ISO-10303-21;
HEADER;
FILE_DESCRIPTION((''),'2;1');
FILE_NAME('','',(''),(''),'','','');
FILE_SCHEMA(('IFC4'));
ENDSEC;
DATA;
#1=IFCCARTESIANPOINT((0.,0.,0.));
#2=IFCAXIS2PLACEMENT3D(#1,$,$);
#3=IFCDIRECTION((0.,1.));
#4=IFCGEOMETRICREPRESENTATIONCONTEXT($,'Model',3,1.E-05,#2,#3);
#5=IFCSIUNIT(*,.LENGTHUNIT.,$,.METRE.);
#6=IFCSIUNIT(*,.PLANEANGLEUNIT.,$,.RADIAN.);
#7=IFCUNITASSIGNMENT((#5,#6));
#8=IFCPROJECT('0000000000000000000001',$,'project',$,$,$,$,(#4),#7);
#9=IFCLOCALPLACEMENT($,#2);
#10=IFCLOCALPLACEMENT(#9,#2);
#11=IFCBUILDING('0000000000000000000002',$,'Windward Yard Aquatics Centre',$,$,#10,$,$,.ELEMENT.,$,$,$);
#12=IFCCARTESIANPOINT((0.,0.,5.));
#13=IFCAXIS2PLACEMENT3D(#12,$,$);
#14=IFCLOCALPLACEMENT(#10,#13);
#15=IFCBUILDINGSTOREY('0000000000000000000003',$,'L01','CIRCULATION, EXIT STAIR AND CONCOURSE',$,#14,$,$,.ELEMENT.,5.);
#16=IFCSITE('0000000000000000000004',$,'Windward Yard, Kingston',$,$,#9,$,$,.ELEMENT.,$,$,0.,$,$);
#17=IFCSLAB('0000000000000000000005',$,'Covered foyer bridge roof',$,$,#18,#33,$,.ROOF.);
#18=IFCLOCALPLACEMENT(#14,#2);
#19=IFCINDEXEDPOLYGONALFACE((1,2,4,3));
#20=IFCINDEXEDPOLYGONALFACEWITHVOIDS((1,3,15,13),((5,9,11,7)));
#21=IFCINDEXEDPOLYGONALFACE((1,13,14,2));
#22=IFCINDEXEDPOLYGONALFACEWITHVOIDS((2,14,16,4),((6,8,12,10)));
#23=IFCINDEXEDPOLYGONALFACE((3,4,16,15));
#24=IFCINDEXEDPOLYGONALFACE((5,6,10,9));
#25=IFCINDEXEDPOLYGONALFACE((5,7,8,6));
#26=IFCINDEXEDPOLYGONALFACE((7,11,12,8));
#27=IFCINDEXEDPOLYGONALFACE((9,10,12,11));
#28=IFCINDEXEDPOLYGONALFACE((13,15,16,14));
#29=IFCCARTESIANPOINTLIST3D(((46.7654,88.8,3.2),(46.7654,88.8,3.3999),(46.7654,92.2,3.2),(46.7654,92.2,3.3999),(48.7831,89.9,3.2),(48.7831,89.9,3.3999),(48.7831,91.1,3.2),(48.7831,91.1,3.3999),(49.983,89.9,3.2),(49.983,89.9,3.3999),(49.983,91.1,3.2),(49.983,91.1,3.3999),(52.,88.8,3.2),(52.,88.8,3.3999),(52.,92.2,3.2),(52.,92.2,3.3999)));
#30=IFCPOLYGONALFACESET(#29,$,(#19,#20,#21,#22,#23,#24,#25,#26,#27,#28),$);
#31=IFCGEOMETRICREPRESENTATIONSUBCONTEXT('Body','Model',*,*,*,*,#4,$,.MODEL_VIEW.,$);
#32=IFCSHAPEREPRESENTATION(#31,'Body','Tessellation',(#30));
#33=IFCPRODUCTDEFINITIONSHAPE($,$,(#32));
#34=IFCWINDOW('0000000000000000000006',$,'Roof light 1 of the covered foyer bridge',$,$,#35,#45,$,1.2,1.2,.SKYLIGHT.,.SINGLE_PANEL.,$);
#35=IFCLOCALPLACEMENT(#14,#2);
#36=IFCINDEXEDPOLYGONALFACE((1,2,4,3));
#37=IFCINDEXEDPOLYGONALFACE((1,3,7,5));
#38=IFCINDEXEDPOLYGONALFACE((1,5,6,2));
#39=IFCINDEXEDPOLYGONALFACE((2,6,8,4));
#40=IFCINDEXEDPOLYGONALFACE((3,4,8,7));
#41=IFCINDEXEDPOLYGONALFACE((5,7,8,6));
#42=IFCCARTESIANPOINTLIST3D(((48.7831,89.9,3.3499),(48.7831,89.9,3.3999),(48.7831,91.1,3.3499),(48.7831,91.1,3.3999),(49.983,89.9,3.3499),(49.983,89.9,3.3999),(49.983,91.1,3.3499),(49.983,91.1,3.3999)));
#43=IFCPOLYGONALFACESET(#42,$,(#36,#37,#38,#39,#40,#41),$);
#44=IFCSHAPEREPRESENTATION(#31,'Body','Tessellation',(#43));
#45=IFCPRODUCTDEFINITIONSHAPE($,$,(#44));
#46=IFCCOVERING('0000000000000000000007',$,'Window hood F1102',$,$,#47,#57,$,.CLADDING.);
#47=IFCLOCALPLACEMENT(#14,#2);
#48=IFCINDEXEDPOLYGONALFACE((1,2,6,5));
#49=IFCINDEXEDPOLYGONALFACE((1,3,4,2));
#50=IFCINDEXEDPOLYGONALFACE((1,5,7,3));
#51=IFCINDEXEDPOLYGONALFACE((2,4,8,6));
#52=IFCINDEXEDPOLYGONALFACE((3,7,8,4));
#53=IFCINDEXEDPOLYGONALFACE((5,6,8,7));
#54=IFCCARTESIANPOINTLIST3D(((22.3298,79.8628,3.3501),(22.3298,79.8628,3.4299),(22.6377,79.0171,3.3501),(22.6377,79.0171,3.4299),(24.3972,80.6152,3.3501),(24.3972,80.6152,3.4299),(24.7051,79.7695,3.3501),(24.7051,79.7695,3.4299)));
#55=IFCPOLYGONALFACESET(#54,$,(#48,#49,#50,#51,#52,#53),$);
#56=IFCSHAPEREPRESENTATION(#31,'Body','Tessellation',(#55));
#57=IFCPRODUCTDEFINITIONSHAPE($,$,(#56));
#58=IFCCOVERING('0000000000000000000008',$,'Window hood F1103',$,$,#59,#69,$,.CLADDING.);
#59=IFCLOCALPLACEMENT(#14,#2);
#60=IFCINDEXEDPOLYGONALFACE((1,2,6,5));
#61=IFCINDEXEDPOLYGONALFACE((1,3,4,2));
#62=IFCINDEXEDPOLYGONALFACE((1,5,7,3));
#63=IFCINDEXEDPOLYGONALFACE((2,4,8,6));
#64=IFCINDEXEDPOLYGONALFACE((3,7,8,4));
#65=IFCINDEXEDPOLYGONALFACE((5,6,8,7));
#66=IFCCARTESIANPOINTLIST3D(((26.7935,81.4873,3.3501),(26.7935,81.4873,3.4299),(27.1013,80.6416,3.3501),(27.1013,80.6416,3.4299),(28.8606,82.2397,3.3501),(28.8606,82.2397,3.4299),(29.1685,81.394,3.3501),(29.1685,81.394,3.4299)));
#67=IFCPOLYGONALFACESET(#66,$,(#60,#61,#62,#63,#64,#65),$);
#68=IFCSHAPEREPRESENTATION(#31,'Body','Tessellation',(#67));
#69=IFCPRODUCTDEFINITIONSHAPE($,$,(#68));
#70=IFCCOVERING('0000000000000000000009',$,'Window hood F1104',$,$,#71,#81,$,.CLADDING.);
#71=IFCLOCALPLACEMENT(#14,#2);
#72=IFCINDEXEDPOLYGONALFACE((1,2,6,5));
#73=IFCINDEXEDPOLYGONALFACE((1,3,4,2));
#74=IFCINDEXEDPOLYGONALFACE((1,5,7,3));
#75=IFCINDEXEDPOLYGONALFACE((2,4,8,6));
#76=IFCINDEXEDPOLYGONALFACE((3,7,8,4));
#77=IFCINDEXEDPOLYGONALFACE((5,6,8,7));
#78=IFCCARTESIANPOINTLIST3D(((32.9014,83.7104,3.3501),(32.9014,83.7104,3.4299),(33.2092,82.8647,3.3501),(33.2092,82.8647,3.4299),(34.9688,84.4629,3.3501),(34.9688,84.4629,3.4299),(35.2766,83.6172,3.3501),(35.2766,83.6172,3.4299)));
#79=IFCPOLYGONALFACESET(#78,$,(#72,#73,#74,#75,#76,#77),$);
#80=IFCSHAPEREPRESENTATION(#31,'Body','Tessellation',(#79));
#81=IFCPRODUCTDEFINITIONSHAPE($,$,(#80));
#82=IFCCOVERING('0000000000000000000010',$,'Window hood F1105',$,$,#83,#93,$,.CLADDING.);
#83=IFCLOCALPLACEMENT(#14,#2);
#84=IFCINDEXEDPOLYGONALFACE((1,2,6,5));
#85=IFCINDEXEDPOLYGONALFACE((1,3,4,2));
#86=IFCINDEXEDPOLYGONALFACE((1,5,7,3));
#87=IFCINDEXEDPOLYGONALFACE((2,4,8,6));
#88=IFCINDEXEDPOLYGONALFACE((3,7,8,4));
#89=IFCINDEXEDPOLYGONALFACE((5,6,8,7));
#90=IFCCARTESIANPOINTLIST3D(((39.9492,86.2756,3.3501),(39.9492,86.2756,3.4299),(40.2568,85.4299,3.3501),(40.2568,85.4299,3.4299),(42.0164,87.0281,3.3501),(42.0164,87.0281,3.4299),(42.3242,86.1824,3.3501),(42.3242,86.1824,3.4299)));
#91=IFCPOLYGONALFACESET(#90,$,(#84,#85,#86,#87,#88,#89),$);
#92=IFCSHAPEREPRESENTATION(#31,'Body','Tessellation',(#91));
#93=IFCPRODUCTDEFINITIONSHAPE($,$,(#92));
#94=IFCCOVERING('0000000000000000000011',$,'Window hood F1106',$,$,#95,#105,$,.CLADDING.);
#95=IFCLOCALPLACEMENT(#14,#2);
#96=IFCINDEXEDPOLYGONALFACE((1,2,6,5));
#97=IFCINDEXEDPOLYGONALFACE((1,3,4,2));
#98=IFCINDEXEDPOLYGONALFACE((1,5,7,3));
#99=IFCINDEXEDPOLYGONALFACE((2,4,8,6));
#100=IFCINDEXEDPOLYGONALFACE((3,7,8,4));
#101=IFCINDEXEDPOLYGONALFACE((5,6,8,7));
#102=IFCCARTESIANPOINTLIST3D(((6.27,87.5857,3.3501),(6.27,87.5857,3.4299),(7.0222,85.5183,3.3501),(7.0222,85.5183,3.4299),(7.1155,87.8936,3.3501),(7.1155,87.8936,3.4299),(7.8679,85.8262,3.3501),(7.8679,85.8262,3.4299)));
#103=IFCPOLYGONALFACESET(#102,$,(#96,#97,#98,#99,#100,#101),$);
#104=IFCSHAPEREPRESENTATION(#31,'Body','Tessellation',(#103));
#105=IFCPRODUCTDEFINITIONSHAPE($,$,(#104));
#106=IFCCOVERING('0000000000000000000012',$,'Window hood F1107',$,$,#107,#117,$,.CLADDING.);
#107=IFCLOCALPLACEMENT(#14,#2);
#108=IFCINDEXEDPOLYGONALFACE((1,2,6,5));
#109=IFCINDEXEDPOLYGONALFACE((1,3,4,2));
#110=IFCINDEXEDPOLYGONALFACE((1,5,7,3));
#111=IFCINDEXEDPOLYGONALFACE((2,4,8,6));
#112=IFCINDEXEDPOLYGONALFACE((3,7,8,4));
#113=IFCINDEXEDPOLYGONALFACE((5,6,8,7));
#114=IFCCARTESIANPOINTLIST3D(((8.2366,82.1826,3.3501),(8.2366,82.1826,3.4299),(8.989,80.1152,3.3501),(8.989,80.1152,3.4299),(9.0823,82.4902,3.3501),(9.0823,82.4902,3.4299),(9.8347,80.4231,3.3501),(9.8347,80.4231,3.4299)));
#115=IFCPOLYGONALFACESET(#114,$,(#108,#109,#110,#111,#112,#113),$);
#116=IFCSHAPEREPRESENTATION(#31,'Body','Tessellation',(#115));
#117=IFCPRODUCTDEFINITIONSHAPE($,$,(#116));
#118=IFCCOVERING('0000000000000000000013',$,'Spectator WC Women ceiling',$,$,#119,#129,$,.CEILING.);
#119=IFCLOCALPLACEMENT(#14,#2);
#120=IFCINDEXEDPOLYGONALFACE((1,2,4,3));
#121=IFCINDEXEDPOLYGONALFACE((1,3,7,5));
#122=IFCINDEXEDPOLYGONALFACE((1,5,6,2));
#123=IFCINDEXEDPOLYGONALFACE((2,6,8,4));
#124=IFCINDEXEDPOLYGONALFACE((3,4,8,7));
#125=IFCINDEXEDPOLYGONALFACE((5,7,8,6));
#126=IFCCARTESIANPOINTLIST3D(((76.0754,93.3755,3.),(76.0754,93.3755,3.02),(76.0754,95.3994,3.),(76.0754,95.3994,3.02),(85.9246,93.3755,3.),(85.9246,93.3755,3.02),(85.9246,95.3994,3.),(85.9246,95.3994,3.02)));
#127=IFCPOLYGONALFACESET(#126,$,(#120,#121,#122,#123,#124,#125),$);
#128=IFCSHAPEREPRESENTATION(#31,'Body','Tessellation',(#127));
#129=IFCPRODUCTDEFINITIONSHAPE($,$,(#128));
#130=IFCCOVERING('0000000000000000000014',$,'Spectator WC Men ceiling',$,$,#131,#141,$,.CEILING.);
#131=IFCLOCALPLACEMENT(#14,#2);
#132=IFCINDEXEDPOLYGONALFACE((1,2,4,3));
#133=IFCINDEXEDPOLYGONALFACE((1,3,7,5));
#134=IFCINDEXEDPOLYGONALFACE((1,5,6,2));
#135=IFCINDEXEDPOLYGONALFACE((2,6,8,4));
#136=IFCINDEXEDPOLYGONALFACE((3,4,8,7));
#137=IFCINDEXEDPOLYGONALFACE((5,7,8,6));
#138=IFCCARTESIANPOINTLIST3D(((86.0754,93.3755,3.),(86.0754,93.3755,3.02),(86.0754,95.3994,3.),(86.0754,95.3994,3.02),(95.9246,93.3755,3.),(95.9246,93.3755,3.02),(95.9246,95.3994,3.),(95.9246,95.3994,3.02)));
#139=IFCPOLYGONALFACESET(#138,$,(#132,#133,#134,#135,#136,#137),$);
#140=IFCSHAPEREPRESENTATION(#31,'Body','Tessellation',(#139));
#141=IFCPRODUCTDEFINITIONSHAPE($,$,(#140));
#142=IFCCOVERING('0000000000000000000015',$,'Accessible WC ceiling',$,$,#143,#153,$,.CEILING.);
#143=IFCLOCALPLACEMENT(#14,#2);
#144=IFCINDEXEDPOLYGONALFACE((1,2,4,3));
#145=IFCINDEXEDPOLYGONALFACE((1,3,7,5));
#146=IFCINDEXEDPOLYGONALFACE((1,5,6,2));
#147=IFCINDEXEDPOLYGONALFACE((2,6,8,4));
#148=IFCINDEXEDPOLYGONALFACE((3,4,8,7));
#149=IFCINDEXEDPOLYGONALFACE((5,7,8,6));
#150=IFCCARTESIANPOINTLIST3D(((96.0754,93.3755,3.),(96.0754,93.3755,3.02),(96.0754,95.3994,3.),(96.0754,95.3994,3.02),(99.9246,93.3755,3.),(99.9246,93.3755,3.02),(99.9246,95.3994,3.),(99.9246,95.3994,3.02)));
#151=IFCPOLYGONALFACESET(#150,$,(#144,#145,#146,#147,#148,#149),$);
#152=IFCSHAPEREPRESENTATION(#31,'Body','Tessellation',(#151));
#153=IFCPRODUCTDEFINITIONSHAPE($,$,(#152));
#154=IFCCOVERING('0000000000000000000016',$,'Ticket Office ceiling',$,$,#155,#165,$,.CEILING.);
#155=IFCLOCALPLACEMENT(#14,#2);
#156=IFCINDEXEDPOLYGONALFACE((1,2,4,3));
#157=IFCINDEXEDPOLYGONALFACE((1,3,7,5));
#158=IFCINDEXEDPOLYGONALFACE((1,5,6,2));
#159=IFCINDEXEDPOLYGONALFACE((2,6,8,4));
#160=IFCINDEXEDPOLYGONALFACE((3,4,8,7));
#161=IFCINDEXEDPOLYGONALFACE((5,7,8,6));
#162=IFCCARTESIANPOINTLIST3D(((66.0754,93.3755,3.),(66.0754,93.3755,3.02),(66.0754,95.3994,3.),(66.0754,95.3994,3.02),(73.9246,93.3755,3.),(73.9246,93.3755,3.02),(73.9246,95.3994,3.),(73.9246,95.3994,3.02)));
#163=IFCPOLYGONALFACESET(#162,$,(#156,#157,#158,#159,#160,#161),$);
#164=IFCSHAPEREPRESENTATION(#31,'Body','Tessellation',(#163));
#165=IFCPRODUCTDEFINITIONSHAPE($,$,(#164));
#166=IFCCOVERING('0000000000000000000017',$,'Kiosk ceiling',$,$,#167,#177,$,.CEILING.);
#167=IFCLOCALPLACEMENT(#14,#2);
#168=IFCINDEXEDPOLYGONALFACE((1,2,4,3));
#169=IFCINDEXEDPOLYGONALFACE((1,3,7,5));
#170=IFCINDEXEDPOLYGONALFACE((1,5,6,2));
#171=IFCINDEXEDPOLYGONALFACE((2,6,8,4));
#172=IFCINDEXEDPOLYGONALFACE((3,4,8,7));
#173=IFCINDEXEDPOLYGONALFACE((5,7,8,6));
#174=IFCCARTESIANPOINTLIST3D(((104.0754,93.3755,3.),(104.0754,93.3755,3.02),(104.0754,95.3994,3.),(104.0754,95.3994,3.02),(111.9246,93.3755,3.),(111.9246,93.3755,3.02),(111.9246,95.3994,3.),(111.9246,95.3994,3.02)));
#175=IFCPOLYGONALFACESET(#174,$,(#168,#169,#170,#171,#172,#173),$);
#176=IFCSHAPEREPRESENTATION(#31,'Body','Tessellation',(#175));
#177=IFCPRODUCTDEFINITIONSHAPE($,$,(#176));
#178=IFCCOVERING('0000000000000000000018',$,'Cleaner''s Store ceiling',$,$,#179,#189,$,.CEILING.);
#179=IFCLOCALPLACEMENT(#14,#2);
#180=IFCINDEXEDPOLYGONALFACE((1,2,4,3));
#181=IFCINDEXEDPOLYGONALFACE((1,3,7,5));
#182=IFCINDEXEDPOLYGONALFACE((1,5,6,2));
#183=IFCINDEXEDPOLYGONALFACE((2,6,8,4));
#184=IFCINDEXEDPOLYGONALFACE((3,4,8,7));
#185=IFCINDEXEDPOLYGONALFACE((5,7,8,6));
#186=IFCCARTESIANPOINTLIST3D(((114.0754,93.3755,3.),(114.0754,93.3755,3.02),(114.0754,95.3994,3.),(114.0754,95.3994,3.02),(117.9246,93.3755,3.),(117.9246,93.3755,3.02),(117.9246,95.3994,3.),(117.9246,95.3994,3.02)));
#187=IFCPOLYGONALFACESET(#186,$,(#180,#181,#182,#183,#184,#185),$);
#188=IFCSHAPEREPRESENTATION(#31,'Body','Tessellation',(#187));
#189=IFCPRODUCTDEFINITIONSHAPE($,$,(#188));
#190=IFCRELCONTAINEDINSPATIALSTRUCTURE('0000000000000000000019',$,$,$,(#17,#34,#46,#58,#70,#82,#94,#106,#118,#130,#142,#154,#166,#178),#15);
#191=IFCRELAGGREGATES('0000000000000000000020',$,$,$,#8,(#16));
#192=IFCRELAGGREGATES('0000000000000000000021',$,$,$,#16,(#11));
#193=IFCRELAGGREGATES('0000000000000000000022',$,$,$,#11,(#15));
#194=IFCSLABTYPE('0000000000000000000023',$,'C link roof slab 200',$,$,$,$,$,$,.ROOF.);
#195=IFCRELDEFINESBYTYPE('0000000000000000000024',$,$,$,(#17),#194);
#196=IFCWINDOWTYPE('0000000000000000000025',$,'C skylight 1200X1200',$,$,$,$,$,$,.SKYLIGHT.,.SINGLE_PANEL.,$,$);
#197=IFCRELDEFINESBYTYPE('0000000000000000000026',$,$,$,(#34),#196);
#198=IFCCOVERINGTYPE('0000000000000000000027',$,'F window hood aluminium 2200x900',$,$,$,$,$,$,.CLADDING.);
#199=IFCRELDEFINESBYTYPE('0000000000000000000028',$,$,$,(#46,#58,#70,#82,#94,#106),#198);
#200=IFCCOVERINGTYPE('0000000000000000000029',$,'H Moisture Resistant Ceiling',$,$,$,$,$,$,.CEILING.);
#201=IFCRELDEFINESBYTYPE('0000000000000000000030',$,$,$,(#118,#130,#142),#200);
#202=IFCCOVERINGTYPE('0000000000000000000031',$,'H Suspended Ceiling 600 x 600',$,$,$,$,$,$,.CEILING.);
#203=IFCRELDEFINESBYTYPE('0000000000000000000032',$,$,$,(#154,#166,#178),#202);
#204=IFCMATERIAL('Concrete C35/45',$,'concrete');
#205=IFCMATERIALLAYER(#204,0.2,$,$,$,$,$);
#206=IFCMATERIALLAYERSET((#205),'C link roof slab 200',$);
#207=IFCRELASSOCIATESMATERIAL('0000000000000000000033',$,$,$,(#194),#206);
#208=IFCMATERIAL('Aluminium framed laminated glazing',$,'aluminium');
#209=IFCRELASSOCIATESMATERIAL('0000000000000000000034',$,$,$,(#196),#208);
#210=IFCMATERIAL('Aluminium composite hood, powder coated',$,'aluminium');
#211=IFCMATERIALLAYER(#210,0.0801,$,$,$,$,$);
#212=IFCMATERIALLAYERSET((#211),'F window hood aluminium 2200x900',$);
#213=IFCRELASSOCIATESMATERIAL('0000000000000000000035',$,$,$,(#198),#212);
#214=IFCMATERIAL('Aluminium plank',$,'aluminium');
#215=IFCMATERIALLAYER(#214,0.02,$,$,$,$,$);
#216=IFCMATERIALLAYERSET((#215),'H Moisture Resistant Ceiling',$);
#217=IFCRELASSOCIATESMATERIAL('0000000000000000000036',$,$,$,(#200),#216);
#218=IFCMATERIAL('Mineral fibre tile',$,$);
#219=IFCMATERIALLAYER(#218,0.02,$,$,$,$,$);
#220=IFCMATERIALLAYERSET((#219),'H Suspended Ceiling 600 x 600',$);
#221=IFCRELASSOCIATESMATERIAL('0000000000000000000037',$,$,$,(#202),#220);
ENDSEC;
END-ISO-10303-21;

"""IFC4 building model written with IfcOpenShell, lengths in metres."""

from ifc_helpers import new_model, si_unit, direction, frame, origin, origin_2d, place, context, subcontext, project, spatial, polyline, rectangle, outline, extrude, material, layer, layer_set, type_object, element, fill, save


model = new_model("IFC4")

# Units and contexts
model_context = context("Model", 3, precision=1e-05, world=origin(), true_north=direction((0.0, 1.0)))
body_context = subcontext(model_context, "Body", "Model", "MODEL_VIEW")
ifc_project = project(units=[si_unit("LENGTHUNIT", "METRE"), si_unit("PLANEANGLEUNIT", "RADIAN")], contexts=[model_context])

# Site, building, storey
site_placement = place(None, origin())
site = spatial("IfcSite", under=ifc_project, at=site_placement, Name="Windward Yard, Kingston", CompositionType="ELEMENT", RefElevation=0.0)
building_placement = place(site_placement, origin())
building = spatial("IfcBuilding", under=site, at=building_placement, Name="Windward Yard Aquatics Centre", CompositionType="ELEMENT")
storey_placement = place(building_placement, frame((0.0, 0.0, 5.0)))
storey = spatial("IfcBuildingStorey", under=building, at=storey_placement, Name="L01", Description="CIRCULATION, EXIT STAIR AND CONCOURSE", CompositionType="ELEMENT", Elevation=5.0)

# Slab, opening, window
ifc_material_1 = material(Name="Concrete C35/45", Category="concrete")
ifc_layer_1 = layer(ifc_material_1, 0.2)
ifc_layer_set_1 = layer_set([ifc_layer_1], Name="C link roof slab 200")
slab_type = type_object("IfcSlabType", Name="C link roof slab 200", PredefinedType="ROOF", material=ifc_layer_set_1)
slab_placement = place(storey_placement, frame((0.0, 0.0, 3.2)))
slab = element("IfcSlab", 1, at=slab_placement, inside=storey, type_object=slab_type, Name="Covered foyer bridge roof", PredefinedType="ROOF", context=body_context, shape_type="SweptSolid", body=[
    extrude(outline(polyline([(46.7654, 88.8), (46.7654, 92.2), (52.0, 92.2), (52.0, 88.8), (46.7654, 88.8)])), origin(), (0.0, 0.0, 1.0), 0.2),
])
opening_placement = place(slab_placement, frame((49.3831, 90.5, 0.0)))
opening = element("IfcOpeningElement", 2, at=opening_placement, cuts=slab, PredefinedType="OPENING", context=body_context, shape_type="SweptSolid", body=[
    extrude(rectangle(XDim=1.2, YDim=1.2, at=origin_2d()), origin(), (0.0, 0.0, 1.0), 0.2),
])
ifc_material_2 = material(Name="Aluminium framed laminated glazing", Category="aluminium")
window_type = type_object("IfcWindowType", Name="C skylight 1200X1200", PartitioningType="SINGLE_PANEL", PredefinedType="SKYLIGHT", material=ifc_material_2)
window_placement = place(opening_placement, frame((0.0, 0.0, 0.1499)))
window = element("IfcWindow", 3, at=window_placement, inside=storey, type_object=window_type, Name="Roof light 1 of the covered foyer bridge", OverallHeight=1.2, OverallWidth=1.2, PartitioningType="SINGLE_PANEL", PredefinedType="SKYLIGHT", context=body_context, shape_type="SweptSolid", body=[
    extrude(rectangle(XDim=1.2, YDim=1.2, at=origin_2d()), origin(), (0.0, 0.0, 1.0), 0.05),
])
fill(opening, window)

# Coverings
ifc_material_3 = material(Name="Aluminium composite hood, powder coated", Category="aluminium")
ifc_layer_2 = layer(ifc_material_3, 0.0801)
ifc_layer_set_2 = layer_set([ifc_layer_2], Name="F window hood aluminium 2200x900")
covering_type_1 = type_object("IfcCoveringType", Name="F window hood aluminium 2200x900", PredefinedType="CLADDING", material=ifc_layer_set_2)
covering_1_placement = place(storey_placement, frame((0.0, 0.0, 3.3501)))
element("IfcCovering", 4, at=covering_1_placement, inside=storey, type_object=covering_type_1, Name="Window hood F1102", PredefinedType="CLADDING", context=body_context, shape_type="SweptSolid", body=[
    extrude(outline(polyline([(22.3298, 79.8628), (24.3972, 80.6152), (24.7051, 79.7695), (22.6377, 79.0171), (22.3298, 79.8628)])), origin(), (0.0, 0.0, 1.0), 0.0798),
])
covering_2_placement = place(storey_placement, frame((0.0, 0.0, 3.3501)))
element("IfcCovering", 5, at=covering_2_placement, inside=storey, type_object=covering_type_1, Name="Window hood F1103", PredefinedType="CLADDING", context=body_context, shape_type="SweptSolid", body=[
    extrude(outline(polyline([(26.7935, 81.4873), (28.8606, 82.2397), (29.1685, 81.394), (27.1013, 80.6416), (26.7935, 81.4873)])), origin(), (0.0, 0.0, 1.0), 0.0798),
])
covering_3_placement = place(storey_placement, frame((0.0, 0.0, 3.3501)))
element("IfcCovering", 6, at=covering_3_placement, inside=storey, type_object=covering_type_1, Name="Window hood F1104", PredefinedType="CLADDING", context=body_context, shape_type="SweptSolid", body=[
    extrude(outline(polyline([(32.9014, 83.7104), (34.9688, 84.4629), (35.2766, 83.6172), (33.2092, 82.8647), (32.9014, 83.7104)])), origin(), (0.0, 0.0, 1.0), 0.0798),
])
covering_4_placement = place(storey_placement, frame((0.0, 0.0, 3.3501)))
element("IfcCovering", 7, at=covering_4_placement, inside=storey, type_object=covering_type_1, Name="Window hood F1105", PredefinedType="CLADDING", context=body_context, shape_type="SweptSolid", body=[
    extrude(outline(polyline([(39.9492, 86.2756), (42.0164, 87.0281), (42.3242, 86.1824), (40.2568, 85.4299), (39.9492, 86.2756)])), origin(), (0.0, 0.0, 1.0), 0.0798),
])
covering_5_placement = place(storey_placement, frame((0.0, 0.0, 3.3501)))
element("IfcCovering", 8, at=covering_5_placement, inside=storey, type_object=covering_type_1, Name="Window hood F1106", PredefinedType="CLADDING", context=body_context, shape_type="SweptSolid", body=[
    extrude(outline(polyline([(6.27, 87.5857), (7.1155, 87.8936), (7.8679, 85.8262), (7.0222, 85.5183), (6.27, 87.5857)])), origin(), (0.0, 0.0, 1.0), 0.0798),
])
covering_6_placement = place(storey_placement, frame((0.0, 0.0, 3.3501)))
element("IfcCovering", 9, at=covering_6_placement, inside=storey, type_object=covering_type_1, Name="Window hood F1107", PredefinedType="CLADDING", context=body_context, shape_type="SweptSolid", body=[
    extrude(outline(polyline([(8.2366, 82.1826), (9.0823, 82.4902), (9.8347, 80.4231), (8.989, 80.1152), (8.2366, 82.1826)])), origin(), (0.0, 0.0, 1.0), 0.0798),
])
ifc_material_4 = material(Name="Aluminium plank", Category="aluminium")
ifc_layer_3 = layer(ifc_material_4, 0.02)
ifc_layer_set_3 = layer_set([ifc_layer_3], Name="H Moisture Resistant Ceiling")
covering_type_2 = type_object("IfcCoveringType", Name="H Moisture Resistant Ceiling", PredefinedType="CEILING", material=ifc_layer_set_3)
covering_7_placement = place(storey_placement, frame((0.0, 0.0, 3.0)))
element("IfcCovering", 10, at=covering_7_placement, inside=storey, type_object=covering_type_2, Name="Spectator WC Women ceiling", PredefinedType="CEILING", context=body_context, shape_type="SweptSolid", body=[
    extrude(outline(polyline([(76.0754, 93.3755), (76.0754, 95.3994), (85.9246, 95.3994), (85.9246, 93.3755), (76.0754, 93.3755)])), origin(), (0.0, 0.0, 1.0), 0.02),
])
covering_8_placement = place(storey_placement, frame((0.0, 0.0, 3.0)))
element("IfcCovering", 11, at=covering_8_placement, inside=storey, type_object=covering_type_2, Name="Spectator WC Men ceiling", PredefinedType="CEILING", context=body_context, shape_type="SweptSolid", body=[
    extrude(outline(polyline([(86.0754, 93.3755), (86.0754, 95.3994), (95.9246, 95.3994), (95.9246, 93.3755), (86.0754, 93.3755)])), origin(), (0.0, 0.0, 1.0), 0.02),
])
covering_9_placement = place(storey_placement, frame((0.0, 0.0, 3.0)))
element("IfcCovering", 12, at=covering_9_placement, inside=storey, type_object=covering_type_2, Name="Accessible WC ceiling", PredefinedType="CEILING", context=body_context, shape_type="SweptSolid", body=[
    extrude(outline(polyline([(96.0754, 93.3755), (96.0754, 95.3994), (99.9246, 95.3994), (99.9246, 93.3755), (96.0754, 93.3755)])), origin(), (0.0, 0.0, 1.0), 0.02),
])
ifc_material_5 = material(Name="Mineral fibre tile")
ifc_layer_4 = layer(ifc_material_5, 0.02)
ifc_layer_set_4 = layer_set([ifc_layer_4], Name="H Suspended Ceiling 600 x 600")
covering_type_3 = type_object("IfcCoveringType", Name="H Suspended Ceiling 600 x 600", PredefinedType="CEILING", material=ifc_layer_set_4)
covering_10_placement = place(storey_placement, frame((0.0, 0.0, 3.0)))
element("IfcCovering", 13, at=covering_10_placement, inside=storey, type_object=covering_type_3, Name="Ticket Office ceiling", PredefinedType="CEILING", context=body_context, shape_type="SweptSolid", body=[
    extrude(outline(polyline([(66.0754, 93.3755), (66.0754, 95.3994), (73.9246, 95.3994), (73.9246, 93.3755), (66.0754, 93.3755)])), origin(), (0.0, 0.0, 1.0), 0.02),
])
covering_11_placement = place(storey_placement, frame((0.0, 0.0, 3.0)))
element("IfcCovering", 14, at=covering_11_placement, inside=storey, type_object=covering_type_3, Name="Kiosk ceiling", PredefinedType="CEILING", context=body_context, shape_type="SweptSolid", body=[
    extrude(outline(polyline([(104.0754, 93.3755), (104.0754, 95.3994), (111.9246, 95.3994), (111.9246, 93.3755), (104.0754, 93.3755)])), origin(), (0.0, 0.0, 1.0), 0.02),
])
covering_12_placement = place(storey_placement, frame((0.0, 0.0, 3.0)))
element("IfcCovering", 15, at=covering_12_placement, inside=storey, type_object=covering_type_3, Name="Cleaner's Store ceiling", PredefinedType="CEILING", context=body_context, shape_type="SweptSolid", body=[
    extrude(outline(polyline([(114.0754, 93.3755), (114.0754, 95.3994), (117.9246, 95.3994), (117.9246, 93.3755), (114.0754, 93.3755)])), origin(), (0.0, 0.0, 1.0), 0.02),
])

save(model, "model.ifc")
